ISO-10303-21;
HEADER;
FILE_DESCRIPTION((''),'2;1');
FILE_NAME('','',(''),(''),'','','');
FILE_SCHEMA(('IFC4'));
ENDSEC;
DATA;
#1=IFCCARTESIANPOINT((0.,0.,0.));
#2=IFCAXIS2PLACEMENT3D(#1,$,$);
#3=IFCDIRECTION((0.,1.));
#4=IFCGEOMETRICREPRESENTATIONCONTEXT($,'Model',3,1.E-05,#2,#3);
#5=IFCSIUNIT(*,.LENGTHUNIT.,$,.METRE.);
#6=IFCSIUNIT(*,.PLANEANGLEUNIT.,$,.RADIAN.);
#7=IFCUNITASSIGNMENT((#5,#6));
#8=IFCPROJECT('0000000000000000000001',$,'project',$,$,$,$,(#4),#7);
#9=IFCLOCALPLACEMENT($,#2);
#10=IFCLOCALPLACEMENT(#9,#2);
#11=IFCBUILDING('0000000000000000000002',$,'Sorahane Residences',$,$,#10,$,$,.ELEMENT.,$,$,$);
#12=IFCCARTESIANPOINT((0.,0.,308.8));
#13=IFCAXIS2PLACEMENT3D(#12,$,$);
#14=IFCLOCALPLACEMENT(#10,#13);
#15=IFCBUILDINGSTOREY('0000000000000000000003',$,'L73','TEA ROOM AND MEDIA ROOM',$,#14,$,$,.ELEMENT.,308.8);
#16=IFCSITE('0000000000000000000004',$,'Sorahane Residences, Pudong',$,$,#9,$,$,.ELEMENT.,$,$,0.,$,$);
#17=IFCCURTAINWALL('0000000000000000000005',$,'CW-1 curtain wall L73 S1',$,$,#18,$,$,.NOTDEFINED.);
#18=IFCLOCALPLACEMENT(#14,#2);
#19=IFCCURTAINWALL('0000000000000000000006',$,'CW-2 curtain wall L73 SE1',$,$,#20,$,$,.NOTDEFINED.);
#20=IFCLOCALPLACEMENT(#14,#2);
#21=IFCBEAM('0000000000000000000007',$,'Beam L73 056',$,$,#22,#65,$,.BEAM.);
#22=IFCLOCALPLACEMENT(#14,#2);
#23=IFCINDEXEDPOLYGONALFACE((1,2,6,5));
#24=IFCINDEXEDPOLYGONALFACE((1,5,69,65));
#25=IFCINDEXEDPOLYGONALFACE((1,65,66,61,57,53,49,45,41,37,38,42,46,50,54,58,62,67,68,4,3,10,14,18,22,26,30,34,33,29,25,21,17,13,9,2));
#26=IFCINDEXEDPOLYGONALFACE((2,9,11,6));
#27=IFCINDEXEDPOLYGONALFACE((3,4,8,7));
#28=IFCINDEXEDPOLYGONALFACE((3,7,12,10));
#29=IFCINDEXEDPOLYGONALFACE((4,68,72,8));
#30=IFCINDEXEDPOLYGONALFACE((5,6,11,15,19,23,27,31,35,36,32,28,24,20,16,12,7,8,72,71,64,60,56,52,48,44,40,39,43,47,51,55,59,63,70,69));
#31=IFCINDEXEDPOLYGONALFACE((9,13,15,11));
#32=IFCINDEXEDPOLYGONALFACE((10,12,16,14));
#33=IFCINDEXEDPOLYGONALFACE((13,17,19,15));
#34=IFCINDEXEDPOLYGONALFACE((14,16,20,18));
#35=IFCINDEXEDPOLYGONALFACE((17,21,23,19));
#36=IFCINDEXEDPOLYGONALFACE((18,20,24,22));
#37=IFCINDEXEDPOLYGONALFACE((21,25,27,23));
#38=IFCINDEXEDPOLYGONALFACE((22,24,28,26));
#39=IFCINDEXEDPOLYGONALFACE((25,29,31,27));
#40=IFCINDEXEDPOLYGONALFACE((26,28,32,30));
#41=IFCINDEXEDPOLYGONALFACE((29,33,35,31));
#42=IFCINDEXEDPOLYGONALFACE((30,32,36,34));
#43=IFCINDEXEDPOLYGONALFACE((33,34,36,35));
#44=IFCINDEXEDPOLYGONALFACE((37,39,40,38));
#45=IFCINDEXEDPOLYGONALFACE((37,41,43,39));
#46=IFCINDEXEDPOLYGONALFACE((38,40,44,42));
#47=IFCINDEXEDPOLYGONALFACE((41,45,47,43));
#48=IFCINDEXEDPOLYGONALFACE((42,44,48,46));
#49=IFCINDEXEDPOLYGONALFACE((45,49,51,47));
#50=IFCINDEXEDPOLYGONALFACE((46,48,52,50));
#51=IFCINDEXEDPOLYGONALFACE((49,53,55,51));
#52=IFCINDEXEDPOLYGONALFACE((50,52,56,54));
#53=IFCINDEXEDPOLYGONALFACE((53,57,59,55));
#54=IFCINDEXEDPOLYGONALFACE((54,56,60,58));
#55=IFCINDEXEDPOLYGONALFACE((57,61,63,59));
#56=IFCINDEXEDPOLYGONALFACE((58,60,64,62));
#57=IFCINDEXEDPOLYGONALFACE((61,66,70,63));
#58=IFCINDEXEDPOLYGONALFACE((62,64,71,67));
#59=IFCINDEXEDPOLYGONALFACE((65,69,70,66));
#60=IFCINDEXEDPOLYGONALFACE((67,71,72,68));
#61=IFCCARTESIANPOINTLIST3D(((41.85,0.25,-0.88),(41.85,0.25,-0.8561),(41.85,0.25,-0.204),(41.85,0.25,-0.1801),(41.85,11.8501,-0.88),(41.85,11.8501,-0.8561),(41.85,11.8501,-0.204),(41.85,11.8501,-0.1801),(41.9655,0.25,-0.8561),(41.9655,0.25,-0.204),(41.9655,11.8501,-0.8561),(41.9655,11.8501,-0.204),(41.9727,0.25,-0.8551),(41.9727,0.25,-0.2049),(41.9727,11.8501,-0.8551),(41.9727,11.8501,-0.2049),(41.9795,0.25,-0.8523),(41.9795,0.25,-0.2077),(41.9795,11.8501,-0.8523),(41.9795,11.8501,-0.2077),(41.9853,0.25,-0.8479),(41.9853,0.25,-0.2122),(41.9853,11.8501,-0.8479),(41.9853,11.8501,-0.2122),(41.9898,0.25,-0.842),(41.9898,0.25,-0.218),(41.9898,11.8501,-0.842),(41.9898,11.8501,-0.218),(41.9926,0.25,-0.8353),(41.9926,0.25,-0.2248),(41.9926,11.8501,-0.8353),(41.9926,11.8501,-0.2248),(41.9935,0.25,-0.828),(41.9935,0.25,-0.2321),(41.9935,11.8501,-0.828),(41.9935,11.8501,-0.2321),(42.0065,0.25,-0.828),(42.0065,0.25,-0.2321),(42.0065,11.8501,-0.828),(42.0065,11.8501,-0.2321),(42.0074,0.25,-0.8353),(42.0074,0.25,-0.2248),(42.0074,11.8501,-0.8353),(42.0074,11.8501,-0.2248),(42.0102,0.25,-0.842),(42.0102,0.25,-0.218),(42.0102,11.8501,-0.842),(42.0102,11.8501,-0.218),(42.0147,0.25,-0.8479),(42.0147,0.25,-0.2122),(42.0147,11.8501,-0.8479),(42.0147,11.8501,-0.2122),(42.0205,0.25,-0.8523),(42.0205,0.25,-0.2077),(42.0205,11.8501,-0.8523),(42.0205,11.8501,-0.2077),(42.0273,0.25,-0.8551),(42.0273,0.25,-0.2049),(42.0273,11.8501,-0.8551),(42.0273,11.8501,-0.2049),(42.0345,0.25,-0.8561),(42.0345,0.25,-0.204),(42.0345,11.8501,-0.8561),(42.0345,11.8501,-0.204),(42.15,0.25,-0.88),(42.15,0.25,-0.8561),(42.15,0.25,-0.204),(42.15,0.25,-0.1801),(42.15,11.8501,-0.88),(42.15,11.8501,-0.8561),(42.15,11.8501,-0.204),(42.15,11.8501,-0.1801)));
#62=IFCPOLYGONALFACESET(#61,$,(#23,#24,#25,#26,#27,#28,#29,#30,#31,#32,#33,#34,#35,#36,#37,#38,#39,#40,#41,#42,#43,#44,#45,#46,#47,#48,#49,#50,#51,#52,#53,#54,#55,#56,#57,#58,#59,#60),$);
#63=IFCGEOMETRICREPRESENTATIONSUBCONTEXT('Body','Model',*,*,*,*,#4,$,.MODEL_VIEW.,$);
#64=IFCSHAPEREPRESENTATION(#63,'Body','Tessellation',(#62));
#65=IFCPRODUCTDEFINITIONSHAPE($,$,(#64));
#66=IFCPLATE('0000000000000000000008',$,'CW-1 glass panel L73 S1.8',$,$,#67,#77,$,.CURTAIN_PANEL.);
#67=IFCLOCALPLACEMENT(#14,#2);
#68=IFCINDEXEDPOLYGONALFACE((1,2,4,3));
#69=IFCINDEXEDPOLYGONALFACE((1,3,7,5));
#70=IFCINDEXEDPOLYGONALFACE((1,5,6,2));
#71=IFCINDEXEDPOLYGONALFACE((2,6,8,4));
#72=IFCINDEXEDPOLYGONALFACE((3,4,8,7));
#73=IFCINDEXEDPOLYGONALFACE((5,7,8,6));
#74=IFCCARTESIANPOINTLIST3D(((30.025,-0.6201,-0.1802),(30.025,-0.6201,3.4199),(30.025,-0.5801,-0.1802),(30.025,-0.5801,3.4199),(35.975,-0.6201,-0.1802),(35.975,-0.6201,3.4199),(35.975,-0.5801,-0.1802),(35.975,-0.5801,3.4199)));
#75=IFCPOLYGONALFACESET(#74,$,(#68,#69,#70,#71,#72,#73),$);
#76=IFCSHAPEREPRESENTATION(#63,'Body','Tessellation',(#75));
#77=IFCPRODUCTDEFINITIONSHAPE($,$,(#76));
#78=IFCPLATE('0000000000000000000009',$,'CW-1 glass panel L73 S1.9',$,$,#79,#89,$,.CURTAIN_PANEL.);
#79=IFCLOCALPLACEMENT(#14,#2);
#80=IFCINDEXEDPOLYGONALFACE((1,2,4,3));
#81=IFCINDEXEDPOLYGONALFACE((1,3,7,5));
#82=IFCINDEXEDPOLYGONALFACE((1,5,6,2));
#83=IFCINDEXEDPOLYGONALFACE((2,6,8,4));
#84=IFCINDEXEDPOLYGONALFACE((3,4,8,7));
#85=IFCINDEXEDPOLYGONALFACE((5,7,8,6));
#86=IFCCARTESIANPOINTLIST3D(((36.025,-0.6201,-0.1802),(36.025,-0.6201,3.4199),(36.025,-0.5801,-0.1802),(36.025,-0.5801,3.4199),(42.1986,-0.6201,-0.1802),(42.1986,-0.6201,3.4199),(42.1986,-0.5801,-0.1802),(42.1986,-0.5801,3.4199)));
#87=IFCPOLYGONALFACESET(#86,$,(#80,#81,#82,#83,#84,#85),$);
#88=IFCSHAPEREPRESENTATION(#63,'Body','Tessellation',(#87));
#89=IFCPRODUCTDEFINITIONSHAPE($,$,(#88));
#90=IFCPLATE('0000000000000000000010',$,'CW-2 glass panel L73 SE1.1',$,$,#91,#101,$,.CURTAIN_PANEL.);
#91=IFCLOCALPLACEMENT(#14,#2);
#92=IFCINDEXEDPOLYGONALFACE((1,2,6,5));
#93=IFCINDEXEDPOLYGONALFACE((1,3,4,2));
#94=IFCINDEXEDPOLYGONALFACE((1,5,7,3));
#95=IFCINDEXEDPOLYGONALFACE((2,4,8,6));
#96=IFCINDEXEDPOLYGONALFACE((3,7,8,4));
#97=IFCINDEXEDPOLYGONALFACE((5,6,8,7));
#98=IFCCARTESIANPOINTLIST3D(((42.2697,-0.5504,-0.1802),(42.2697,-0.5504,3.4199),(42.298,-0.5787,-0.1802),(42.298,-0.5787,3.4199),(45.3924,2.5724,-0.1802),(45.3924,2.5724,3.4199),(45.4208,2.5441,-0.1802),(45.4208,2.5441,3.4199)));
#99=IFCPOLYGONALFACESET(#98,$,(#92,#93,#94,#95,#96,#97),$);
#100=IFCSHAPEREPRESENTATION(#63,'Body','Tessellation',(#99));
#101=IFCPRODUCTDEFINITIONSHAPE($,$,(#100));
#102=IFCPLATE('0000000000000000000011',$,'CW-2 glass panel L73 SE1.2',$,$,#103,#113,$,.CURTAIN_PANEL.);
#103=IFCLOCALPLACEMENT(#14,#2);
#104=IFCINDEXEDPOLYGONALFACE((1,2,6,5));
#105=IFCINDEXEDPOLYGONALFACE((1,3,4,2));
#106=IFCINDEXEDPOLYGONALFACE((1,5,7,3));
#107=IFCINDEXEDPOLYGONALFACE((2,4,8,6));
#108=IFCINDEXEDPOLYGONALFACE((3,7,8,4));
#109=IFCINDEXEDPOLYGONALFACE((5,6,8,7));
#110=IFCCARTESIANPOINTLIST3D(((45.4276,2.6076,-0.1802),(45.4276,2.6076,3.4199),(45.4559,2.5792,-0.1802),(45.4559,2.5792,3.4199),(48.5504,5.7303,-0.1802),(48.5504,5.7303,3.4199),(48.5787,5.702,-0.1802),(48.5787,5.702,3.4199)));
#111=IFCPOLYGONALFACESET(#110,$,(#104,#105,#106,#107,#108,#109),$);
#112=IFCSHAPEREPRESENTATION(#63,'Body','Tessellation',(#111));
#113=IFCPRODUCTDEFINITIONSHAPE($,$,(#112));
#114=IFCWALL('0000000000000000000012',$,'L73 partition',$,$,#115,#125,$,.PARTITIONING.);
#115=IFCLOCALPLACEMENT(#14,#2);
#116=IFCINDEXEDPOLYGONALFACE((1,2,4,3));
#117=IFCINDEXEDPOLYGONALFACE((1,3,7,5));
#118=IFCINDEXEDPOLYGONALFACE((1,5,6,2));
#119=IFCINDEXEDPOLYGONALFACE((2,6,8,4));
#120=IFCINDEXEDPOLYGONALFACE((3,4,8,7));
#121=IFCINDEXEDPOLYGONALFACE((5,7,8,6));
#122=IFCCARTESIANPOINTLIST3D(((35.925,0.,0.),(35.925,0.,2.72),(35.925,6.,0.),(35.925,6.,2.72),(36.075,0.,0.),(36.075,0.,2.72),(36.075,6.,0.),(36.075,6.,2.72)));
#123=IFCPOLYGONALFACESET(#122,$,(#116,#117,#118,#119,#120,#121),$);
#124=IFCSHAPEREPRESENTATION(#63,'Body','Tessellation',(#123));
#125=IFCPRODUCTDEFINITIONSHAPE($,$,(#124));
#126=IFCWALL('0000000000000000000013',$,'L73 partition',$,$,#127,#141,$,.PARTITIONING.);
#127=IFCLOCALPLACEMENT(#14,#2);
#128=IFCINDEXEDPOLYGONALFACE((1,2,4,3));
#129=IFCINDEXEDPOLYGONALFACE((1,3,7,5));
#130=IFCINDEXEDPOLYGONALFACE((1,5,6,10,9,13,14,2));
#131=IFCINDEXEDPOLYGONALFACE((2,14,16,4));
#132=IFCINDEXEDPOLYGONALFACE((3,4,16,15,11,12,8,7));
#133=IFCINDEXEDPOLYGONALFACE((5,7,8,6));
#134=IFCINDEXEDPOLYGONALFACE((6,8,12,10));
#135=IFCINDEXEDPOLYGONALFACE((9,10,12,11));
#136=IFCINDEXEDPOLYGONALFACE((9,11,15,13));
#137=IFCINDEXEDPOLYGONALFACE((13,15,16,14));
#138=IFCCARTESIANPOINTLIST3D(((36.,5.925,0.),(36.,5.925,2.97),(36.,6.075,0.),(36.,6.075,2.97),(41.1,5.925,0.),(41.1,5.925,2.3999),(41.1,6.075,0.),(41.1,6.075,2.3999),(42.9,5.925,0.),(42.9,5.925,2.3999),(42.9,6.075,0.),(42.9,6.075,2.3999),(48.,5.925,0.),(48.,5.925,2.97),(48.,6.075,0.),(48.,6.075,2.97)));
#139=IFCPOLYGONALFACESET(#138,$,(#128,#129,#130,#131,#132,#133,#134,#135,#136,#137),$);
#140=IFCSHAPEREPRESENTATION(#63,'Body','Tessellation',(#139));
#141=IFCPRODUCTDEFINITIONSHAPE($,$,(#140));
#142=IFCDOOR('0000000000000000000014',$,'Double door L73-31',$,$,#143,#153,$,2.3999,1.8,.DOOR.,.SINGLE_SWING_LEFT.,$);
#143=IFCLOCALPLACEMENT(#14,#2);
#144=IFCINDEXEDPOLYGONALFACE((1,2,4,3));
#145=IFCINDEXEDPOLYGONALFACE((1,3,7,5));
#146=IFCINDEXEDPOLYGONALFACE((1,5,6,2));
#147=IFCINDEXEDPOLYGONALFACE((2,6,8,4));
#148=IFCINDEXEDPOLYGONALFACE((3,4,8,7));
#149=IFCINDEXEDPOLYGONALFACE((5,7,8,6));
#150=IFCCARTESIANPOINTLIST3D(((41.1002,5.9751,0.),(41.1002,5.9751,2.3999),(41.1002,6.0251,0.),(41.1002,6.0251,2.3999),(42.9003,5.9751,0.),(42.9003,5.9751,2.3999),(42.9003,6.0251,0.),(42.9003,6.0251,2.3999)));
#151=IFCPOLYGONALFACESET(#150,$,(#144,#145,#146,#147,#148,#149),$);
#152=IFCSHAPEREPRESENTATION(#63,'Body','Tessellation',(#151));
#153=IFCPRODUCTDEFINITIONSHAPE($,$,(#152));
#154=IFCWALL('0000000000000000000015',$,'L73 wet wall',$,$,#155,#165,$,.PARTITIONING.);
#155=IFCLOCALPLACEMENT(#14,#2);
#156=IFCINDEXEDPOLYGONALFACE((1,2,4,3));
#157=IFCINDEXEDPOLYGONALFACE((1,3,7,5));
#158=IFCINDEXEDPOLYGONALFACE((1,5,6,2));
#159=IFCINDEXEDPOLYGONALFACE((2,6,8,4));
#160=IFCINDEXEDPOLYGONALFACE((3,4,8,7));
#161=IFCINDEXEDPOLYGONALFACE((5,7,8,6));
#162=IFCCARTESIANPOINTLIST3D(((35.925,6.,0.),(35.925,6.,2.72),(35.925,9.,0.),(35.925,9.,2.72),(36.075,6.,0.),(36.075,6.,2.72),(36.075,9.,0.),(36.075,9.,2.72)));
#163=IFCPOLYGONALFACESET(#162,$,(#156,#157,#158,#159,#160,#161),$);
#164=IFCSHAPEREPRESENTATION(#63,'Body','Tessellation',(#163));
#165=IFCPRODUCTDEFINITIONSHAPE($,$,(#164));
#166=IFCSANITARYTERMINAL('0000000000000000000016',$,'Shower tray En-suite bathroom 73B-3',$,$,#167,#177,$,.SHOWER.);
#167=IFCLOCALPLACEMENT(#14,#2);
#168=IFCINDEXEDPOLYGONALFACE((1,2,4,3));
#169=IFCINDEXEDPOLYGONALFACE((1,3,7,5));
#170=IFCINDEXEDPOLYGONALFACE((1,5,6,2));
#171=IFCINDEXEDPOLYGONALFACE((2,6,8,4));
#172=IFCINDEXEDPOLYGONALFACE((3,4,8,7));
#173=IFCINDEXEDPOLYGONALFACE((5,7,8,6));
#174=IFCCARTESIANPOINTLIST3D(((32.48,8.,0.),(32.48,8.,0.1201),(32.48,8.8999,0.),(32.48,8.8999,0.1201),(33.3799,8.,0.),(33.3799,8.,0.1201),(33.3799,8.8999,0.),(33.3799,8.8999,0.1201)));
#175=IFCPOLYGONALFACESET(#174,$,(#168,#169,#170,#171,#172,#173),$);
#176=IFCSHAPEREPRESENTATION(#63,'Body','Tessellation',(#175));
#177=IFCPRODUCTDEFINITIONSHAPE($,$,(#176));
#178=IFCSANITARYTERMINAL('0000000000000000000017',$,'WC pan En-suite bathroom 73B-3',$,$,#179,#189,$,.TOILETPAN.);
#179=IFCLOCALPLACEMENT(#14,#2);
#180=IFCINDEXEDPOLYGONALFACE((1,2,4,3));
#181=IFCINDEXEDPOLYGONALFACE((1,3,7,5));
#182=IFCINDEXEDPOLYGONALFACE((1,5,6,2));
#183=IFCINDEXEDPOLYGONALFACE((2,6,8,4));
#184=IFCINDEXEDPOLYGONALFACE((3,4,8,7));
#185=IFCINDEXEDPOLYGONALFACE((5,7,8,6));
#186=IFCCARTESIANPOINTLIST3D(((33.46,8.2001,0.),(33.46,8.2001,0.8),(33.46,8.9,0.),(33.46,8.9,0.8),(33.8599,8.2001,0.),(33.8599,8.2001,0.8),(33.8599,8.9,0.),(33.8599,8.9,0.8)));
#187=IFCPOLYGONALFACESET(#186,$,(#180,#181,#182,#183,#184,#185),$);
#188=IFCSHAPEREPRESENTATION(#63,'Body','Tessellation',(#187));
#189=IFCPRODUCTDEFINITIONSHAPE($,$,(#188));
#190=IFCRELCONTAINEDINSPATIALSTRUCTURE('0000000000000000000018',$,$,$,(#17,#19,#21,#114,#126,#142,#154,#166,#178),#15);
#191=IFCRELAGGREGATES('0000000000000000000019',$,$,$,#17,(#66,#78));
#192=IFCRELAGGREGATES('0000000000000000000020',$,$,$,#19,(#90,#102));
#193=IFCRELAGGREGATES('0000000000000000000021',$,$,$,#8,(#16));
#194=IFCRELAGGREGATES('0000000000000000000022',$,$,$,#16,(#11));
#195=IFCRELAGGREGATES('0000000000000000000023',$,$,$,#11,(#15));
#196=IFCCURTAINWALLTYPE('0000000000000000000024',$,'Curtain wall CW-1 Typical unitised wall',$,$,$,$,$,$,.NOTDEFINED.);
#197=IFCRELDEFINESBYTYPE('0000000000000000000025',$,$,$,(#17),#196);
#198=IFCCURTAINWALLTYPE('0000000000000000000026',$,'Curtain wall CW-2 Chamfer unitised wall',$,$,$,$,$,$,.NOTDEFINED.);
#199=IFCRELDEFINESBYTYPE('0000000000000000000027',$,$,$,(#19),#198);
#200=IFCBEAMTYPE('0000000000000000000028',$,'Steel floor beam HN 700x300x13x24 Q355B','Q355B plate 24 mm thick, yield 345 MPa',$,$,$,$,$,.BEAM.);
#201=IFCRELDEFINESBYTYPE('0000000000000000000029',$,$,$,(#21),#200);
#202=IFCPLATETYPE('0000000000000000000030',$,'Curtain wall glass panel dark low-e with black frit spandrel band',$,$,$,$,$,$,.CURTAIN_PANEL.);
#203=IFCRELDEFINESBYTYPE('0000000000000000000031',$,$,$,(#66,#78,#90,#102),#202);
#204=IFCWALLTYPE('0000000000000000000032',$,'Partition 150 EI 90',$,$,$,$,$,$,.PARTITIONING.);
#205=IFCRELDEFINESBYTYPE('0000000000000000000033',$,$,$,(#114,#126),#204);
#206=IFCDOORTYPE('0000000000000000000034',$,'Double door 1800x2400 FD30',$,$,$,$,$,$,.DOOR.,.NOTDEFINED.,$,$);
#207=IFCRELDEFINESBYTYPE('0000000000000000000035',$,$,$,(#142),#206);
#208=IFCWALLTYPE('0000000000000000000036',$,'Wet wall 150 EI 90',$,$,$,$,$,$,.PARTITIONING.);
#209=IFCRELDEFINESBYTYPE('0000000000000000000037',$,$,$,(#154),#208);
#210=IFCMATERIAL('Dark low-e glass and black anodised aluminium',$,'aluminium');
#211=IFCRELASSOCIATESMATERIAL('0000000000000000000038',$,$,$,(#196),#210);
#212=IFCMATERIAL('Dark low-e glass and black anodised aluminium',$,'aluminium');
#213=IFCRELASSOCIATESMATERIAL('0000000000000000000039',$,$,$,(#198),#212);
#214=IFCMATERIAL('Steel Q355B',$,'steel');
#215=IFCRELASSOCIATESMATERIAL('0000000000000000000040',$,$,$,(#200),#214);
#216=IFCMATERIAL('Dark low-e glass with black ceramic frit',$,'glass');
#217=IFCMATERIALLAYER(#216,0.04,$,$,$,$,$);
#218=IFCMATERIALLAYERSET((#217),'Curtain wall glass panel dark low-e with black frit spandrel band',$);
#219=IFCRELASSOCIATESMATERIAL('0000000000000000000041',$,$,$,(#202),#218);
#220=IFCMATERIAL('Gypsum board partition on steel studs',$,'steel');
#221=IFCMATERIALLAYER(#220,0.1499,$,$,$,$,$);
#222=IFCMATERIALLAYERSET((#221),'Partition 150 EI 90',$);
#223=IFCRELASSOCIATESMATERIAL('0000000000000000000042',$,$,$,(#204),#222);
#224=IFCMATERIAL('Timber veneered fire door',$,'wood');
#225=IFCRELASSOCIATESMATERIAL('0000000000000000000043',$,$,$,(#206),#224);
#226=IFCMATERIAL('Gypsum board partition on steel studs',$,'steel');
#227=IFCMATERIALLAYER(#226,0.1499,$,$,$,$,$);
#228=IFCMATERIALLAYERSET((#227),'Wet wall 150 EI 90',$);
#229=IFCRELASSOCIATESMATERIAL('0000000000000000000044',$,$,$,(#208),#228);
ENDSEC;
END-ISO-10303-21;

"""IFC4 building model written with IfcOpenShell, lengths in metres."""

from ifc_helpers import new_model, si_unit, direction, frame, frame_2d, origin, origin_2d, place, context, subcontext, project, spatial, rectangle, i_section, extrude, material, layer, layer_set, material_profile, profile_set, type_object, element, fill, aggregate, save


model = new_model("IFC4")

# Units and contexts
model_context = context("Model", 3, precision=1e-05, world=origin(), true_north=direction((0.0, 1.0)))
body_context = subcontext(model_context, "Body", "Model", "MODEL_VIEW")
ifc_project = project(units=[si_unit("LENGTHUNIT", "METRE"), si_unit("PLANEANGLEUNIT", "RADIAN")], contexts=[model_context])

# Site, building, storey
site_placement = place(None, origin())
site = spatial("IfcSite", under=ifc_project, at=site_placement, Name="Sorahane Residences, Pudong", CompositionType="ELEMENT", RefElevation=0.0)
building_placement = place(site_placement, origin())
building = spatial("IfcBuilding", under=site, at=building_placement, Name="Sorahane Residences", CompositionType="ELEMENT")
storey_placement = place(building_placement, frame((0.0, 0.0, 308.8)))
storey = spatial("IfcBuildingStorey", under=building, at=storey_placement, Name="L73", Description="TEA ROOM AND MEDIA ROOM", CompositionType="ELEMENT", Elevation=308.8)

# Curtain walls
ifc_material_1 = material(Name="Dark low-e glass and black anodised aluminium", Category="aluminium")
curtain_wall_type_1 = type_object("IfcCurtainWallType", Name="Curtain wall CW-1 Typical unitised wall", PredefinedType="NOTDEFINED", material=ifc_material_1)
curtain_wall_1_placement = place(storey_placement, origin())
curtain_wall_1 = element("IfcCurtainWall", 1, at=curtain_wall_1_placement, inside=storey, type_object=curtain_wall_type_1, Name="CW-1 curtain wall L73 S1", PredefinedType="NOTDEFINED")
ifc_material_2 = material(Name="Dark low-e glass and black anodised aluminium", Category="aluminium")
curtain_wall_type_2 = type_object("IfcCurtainWallType", Name="Curtain wall CW-2 Chamfer unitised wall", PredefinedType="NOTDEFINED", material=ifc_material_2)
curtain_wall_2_placement = place(storey_placement, origin())
curtain_wall_2 = element("IfcCurtainWall", 2, at=curtain_wall_2_placement, inside=storey, type_object=curtain_wall_type_2, Name="CW-2 curtain wall L73 SE1", PredefinedType="NOTDEFINED")

# Beam
ifc_material_3 = material(Name="Steel Q355B", Category="steel")
ifc_material_profile_1 = material_profile(ifc_material_3, i_section(OverallWidth=0.3, OverallDepth=0.7, WebThickness=0.0129, FlangeThickness=0.0239, FilletRadius=0.0281, at=origin_2d()), Name="HN 700x300x13x24")
ifc_profile_set_1 = profile_set([ifc_material_profile_1], Name="Steel Q355B")
beam_type_1 = type_object("IfcBeamType", Name="Steel floor beam HN 700x300x13x24 Q355B", Description="Q355B plate 24 mm thick, yield 345 MPa", PredefinedType="BEAM", material=ifc_profile_set_1)
beam_1_placement = place(storey_placement, frame((42.0, 0.25, -0.53), z_axis=(0.0, 1.0, 0.0), x_axis=(-1.0, 0.0, 0.0)))
element("IfcBeam", 3, at=beam_1_placement, inside=storey, type_object=beam_type_1, Name="Beam L73 056", PredefinedType="BEAM", context=body_context, shape_type="SweptSolid", body=[
    extrude(i_section(OverallWidth=0.3, OverallDepth=0.7, WebThickness=0.0129, FlangeThickness=0.0239, FilletRadius=0.0281, at=origin_2d()), origin(), (0.0, 0.0, 1.0), 11.6001),
])

# Plates
ifc_material_4 = material(Name="Dark low-e glass with black ceramic frit", Category="glass")
ifc_layer_1 = layer(ifc_material_4, 0.04)
ifc_layer_set_1 = layer_set([ifc_layer_1], Name="Curtain wall glass panel dark low-e with black frit spandrel band")
plate_type = type_object("IfcPlateType", Name="Curtain wall glass panel dark low-e with black frit spandrel band", PredefinedType="CURTAIN_PANEL", material=ifc_layer_set_1)
plate_1_placement = place(storey_placement, frame((33.0, -0.6001, -0.1802), z_axis=(0.0, 0.0, 1.0), x_axis=(1.0, 0.0, 0.0)))
plate_1 = element("IfcPlate", 4, at=plate_1_placement, type_object=plate_type, Name="CW-1 glass panel L73 S1.8", PredefinedType="CURTAIN_PANEL", context=body_context, shape_type="SweptSolid", body=[
    extrude(rectangle(XDim=5.95, YDim=0.04, at=origin_2d()), origin(), (0.0, 0.0, 1.0), 3.6001),
])
plate_2_placement = place(storey_placement, frame((39.1118, -0.6001, -0.1802), z_axis=(0.0, 0.0, 1.0), x_axis=(1.0, 0.0, 0.0)))
plate_2 = element("IfcPlate", 5, at=plate_2_placement, type_object=plate_type, Name="CW-1 glass panel L73 S1.9", PredefinedType="CURTAIN_PANEL", context=body_context, shape_type="SweptSolid", body=[
    extrude(rectangle(XDim=6.1736, YDim=0.04, at=origin_2d()), origin(), (0.0, 0.0, 1.0), 3.6001),
])
aggregate(curtain_wall_1, [plate_1, plate_2])
plate_3_placement = place(storey_placement, frame((43.8452, 0.9968, -0.1802), z_axis=(0.0, 0.0, 1.0), x_axis=(0.707107, 0.707107, 0.0)))
plate_3 = element("IfcPlate", 6, at=plate_3_placement, type_object=plate_type, Name="CW-2 glass panel L73 SE1.1", PredefinedType="CURTAIN_PANEL", context=body_context, shape_type="SweptSolid", body=[
    extrude(rectangle(XDim=4.4163, YDim=0.04, at=origin_2d()), origin(), (0.0, 0.0, 1.0), 3.6001),
])
plate_4_placement = place(storey_placement, frame((47.0032, 4.1548, -0.1802), z_axis=(0.0, 0.0, 1.0), x_axis=(0.707107, 0.707107, 0.0)))
plate_4 = element("IfcPlate", 7, at=plate_4_placement, type_object=plate_type, Name="CW-2 glass panel L73 SE1.2", PredefinedType="CURTAIN_PANEL", context=body_context, shape_type="SweptSolid", body=[
    extrude(rectangle(XDim=4.4163, YDim=0.04, at=origin_2d()), origin(), (0.0, 0.0, 1.0), 3.6001),
])
aggregate(curtain_wall_2, [plate_3, plate_4])

# Wall
ifc_material_5 = material(Name="Gypsum board partition on steel studs", Category="steel")
ifc_layer_2 = layer(ifc_material_5, 0.1499)
ifc_layer_set_2 = layer_set([ifc_layer_2], Name="Partition 150 EI 90")
wall_type_1 = type_object("IfcWallType", Name="Partition 150 EI 90", PredefinedType="PARTITIONING", material=ifc_layer_set_2)
wall_1_placement = place(storey_placement, frame((36.0, 0.0, 0.0), z_axis=(0.0, 0.0, 1.0), x_axis=(0.0, 1.0, 0.0)))
element("IfcWall", 8, at=wall_1_placement, inside=storey, type_object=wall_type_1, Name="L73 partition", PredefinedType="PARTITIONING", context=body_context, shape_type="SweptSolid", body=[
    extrude(rectangle(XDim=6.0, YDim=0.1499, at=frame_2d((3.0, 0.0))), origin(), (0.0, 0.0, 1.0), 2.72),
])

# Wall, opening, door
wall_2_placement = place(storey_placement, frame((36.0, 6.0, 0.0), z_axis=(0.0, 0.0, 1.0), x_axis=(1.0, 0.0, 0.0)))
wall_2 = element("IfcWall", 9, at=wall_2_placement, inside=storey, type_object=wall_type_1, Name="L73 partition", PredefinedType="PARTITIONING", context=body_context, shape_type="SweptSolid", body=[
    extrude(rectangle(XDim=12.0, YDim=0.1499, at=frame_2d((6.0, 0.0))), origin(), (0.0, 0.0, 1.0), 2.97),
])
opening_1_placement = place(wall_2_placement, frame((5.1001, 0.0, 0.0)))
opening_1 = element("IfcOpeningElement", 10, at=opening_1_placement, cuts=wall_2, PredefinedType="OPENING", context=body_context, shape_type="SweptSolid", body=[
    extrude(rectangle(XDim=1.8, YDim=2.3999, at=frame_2d((0.8999, 1.2))), frame((0.0, 0.085, 0.0), z_axis=(0.0, -1.0, 0.0), x_axis=(1.0, 0.0, 0.0)), (0.0, 0.0, 1.0), 0.1699),
])
ifc_material_6 = material(Name="Timber veneered fire door", Category="wood")
door_type_1 = type_object("IfcDoorType", Name="Double door 1800x2400 FD30", OperationType="NOTDEFINED", PredefinedType="DOOR", material=ifc_material_6)
door_1_placement = place(opening_1_placement, frame((1.8, 0.0, 0.0), z_axis=(0.0, 0.0, 1.0), x_axis=(-1.0, 0.0, 0.0)))
door_1 = element("IfcDoor", 11, at=door_1_placement, inside=storey, type_object=door_type_1, Name="Double door L73-31", OperationType="SINGLE_SWING_LEFT", OverallHeight=2.3999, OverallWidth=1.8, PredefinedType="DOOR", context=body_context, shape_type="SweptSolid", body=[
    extrude(rectangle(XDim=1.8, YDim=2.3999, at=frame_2d((0.8999, 1.2))), frame((0.0, 0.0249, 0.0), z_axis=(0.0, -1.0, 0.0), x_axis=(1.0, 0.0, 0.0)), (0.0, 0.0, 1.0), 0.05),
])
fill(opening_1, door_1)

# Wall
ifc_material_7 = material(Name="Gypsum board partition on steel studs", Category="steel")
ifc_layer_3 = layer(ifc_material_7, 0.1499)
ifc_layer_set_3 = layer_set([ifc_layer_3], Name="Wet wall 150 EI 90")
wall_type_2 = type_object("IfcWallType", Name="Wet wall 150 EI 90", PredefinedType="PARTITIONING", material=ifc_layer_set_3)
wall_3_placement = place(storey_placement, frame((36.0, 6.0, 0.0), z_axis=(0.0, 0.0, 1.0), x_axis=(0.0, 1.0, 0.0)))
element("IfcWall", 12, at=wall_3_placement, inside=storey, type_object=wall_type_2, Name="L73 wet wall", PredefinedType="PARTITIONING", context=body_context, shape_type="SweptSolid", body=[
    extrude(rectangle(XDim=3.0, YDim=0.1499, at=frame_2d((1.5, 0.0))), origin(), (0.0, 0.0, 1.0), 2.72),
])

# Sanitary terminals
sanitary_terminal_1_placement = place(storey_placement, frame((32.9299, 8.45, 0.0), z_axis=(0.0, 0.0, 1.0), x_axis=(1.0, 0.0, 0.0)))
element("IfcSanitaryTerminal", 13, at=sanitary_terminal_1_placement, inside=storey, Name="Shower tray En-suite bathroom 73B-3", PredefinedType="SHOWER", context=body_context, shape_type="SweptSolid", body=[
    extrude(rectangle(XDim=0.8999, YDim=0.8999, at=origin_2d()), origin(), (0.0, 0.0, 1.0), 0.1201),
])
sanitary_terminal_2_placement = place(storey_placement, frame((33.6599, 8.55, 0.0), z_axis=(0.0, 0.0, 1.0), x_axis=(1.0, 0.0, 0.0)))
element("IfcSanitaryTerminal", 14, at=sanitary_terminal_2_placement, inside=storey, Name="WC pan En-suite bathroom 73B-3", PredefinedType="TOILETPAN", context=body_context, shape_type="SweptSolid", body=[
    extrude(rectangle(XDim=0.3999, YDim=0.7, at=origin_2d()), origin(), (0.0, 0.0, 1.0), 0.8),
])

save(model, "model.ifc")
